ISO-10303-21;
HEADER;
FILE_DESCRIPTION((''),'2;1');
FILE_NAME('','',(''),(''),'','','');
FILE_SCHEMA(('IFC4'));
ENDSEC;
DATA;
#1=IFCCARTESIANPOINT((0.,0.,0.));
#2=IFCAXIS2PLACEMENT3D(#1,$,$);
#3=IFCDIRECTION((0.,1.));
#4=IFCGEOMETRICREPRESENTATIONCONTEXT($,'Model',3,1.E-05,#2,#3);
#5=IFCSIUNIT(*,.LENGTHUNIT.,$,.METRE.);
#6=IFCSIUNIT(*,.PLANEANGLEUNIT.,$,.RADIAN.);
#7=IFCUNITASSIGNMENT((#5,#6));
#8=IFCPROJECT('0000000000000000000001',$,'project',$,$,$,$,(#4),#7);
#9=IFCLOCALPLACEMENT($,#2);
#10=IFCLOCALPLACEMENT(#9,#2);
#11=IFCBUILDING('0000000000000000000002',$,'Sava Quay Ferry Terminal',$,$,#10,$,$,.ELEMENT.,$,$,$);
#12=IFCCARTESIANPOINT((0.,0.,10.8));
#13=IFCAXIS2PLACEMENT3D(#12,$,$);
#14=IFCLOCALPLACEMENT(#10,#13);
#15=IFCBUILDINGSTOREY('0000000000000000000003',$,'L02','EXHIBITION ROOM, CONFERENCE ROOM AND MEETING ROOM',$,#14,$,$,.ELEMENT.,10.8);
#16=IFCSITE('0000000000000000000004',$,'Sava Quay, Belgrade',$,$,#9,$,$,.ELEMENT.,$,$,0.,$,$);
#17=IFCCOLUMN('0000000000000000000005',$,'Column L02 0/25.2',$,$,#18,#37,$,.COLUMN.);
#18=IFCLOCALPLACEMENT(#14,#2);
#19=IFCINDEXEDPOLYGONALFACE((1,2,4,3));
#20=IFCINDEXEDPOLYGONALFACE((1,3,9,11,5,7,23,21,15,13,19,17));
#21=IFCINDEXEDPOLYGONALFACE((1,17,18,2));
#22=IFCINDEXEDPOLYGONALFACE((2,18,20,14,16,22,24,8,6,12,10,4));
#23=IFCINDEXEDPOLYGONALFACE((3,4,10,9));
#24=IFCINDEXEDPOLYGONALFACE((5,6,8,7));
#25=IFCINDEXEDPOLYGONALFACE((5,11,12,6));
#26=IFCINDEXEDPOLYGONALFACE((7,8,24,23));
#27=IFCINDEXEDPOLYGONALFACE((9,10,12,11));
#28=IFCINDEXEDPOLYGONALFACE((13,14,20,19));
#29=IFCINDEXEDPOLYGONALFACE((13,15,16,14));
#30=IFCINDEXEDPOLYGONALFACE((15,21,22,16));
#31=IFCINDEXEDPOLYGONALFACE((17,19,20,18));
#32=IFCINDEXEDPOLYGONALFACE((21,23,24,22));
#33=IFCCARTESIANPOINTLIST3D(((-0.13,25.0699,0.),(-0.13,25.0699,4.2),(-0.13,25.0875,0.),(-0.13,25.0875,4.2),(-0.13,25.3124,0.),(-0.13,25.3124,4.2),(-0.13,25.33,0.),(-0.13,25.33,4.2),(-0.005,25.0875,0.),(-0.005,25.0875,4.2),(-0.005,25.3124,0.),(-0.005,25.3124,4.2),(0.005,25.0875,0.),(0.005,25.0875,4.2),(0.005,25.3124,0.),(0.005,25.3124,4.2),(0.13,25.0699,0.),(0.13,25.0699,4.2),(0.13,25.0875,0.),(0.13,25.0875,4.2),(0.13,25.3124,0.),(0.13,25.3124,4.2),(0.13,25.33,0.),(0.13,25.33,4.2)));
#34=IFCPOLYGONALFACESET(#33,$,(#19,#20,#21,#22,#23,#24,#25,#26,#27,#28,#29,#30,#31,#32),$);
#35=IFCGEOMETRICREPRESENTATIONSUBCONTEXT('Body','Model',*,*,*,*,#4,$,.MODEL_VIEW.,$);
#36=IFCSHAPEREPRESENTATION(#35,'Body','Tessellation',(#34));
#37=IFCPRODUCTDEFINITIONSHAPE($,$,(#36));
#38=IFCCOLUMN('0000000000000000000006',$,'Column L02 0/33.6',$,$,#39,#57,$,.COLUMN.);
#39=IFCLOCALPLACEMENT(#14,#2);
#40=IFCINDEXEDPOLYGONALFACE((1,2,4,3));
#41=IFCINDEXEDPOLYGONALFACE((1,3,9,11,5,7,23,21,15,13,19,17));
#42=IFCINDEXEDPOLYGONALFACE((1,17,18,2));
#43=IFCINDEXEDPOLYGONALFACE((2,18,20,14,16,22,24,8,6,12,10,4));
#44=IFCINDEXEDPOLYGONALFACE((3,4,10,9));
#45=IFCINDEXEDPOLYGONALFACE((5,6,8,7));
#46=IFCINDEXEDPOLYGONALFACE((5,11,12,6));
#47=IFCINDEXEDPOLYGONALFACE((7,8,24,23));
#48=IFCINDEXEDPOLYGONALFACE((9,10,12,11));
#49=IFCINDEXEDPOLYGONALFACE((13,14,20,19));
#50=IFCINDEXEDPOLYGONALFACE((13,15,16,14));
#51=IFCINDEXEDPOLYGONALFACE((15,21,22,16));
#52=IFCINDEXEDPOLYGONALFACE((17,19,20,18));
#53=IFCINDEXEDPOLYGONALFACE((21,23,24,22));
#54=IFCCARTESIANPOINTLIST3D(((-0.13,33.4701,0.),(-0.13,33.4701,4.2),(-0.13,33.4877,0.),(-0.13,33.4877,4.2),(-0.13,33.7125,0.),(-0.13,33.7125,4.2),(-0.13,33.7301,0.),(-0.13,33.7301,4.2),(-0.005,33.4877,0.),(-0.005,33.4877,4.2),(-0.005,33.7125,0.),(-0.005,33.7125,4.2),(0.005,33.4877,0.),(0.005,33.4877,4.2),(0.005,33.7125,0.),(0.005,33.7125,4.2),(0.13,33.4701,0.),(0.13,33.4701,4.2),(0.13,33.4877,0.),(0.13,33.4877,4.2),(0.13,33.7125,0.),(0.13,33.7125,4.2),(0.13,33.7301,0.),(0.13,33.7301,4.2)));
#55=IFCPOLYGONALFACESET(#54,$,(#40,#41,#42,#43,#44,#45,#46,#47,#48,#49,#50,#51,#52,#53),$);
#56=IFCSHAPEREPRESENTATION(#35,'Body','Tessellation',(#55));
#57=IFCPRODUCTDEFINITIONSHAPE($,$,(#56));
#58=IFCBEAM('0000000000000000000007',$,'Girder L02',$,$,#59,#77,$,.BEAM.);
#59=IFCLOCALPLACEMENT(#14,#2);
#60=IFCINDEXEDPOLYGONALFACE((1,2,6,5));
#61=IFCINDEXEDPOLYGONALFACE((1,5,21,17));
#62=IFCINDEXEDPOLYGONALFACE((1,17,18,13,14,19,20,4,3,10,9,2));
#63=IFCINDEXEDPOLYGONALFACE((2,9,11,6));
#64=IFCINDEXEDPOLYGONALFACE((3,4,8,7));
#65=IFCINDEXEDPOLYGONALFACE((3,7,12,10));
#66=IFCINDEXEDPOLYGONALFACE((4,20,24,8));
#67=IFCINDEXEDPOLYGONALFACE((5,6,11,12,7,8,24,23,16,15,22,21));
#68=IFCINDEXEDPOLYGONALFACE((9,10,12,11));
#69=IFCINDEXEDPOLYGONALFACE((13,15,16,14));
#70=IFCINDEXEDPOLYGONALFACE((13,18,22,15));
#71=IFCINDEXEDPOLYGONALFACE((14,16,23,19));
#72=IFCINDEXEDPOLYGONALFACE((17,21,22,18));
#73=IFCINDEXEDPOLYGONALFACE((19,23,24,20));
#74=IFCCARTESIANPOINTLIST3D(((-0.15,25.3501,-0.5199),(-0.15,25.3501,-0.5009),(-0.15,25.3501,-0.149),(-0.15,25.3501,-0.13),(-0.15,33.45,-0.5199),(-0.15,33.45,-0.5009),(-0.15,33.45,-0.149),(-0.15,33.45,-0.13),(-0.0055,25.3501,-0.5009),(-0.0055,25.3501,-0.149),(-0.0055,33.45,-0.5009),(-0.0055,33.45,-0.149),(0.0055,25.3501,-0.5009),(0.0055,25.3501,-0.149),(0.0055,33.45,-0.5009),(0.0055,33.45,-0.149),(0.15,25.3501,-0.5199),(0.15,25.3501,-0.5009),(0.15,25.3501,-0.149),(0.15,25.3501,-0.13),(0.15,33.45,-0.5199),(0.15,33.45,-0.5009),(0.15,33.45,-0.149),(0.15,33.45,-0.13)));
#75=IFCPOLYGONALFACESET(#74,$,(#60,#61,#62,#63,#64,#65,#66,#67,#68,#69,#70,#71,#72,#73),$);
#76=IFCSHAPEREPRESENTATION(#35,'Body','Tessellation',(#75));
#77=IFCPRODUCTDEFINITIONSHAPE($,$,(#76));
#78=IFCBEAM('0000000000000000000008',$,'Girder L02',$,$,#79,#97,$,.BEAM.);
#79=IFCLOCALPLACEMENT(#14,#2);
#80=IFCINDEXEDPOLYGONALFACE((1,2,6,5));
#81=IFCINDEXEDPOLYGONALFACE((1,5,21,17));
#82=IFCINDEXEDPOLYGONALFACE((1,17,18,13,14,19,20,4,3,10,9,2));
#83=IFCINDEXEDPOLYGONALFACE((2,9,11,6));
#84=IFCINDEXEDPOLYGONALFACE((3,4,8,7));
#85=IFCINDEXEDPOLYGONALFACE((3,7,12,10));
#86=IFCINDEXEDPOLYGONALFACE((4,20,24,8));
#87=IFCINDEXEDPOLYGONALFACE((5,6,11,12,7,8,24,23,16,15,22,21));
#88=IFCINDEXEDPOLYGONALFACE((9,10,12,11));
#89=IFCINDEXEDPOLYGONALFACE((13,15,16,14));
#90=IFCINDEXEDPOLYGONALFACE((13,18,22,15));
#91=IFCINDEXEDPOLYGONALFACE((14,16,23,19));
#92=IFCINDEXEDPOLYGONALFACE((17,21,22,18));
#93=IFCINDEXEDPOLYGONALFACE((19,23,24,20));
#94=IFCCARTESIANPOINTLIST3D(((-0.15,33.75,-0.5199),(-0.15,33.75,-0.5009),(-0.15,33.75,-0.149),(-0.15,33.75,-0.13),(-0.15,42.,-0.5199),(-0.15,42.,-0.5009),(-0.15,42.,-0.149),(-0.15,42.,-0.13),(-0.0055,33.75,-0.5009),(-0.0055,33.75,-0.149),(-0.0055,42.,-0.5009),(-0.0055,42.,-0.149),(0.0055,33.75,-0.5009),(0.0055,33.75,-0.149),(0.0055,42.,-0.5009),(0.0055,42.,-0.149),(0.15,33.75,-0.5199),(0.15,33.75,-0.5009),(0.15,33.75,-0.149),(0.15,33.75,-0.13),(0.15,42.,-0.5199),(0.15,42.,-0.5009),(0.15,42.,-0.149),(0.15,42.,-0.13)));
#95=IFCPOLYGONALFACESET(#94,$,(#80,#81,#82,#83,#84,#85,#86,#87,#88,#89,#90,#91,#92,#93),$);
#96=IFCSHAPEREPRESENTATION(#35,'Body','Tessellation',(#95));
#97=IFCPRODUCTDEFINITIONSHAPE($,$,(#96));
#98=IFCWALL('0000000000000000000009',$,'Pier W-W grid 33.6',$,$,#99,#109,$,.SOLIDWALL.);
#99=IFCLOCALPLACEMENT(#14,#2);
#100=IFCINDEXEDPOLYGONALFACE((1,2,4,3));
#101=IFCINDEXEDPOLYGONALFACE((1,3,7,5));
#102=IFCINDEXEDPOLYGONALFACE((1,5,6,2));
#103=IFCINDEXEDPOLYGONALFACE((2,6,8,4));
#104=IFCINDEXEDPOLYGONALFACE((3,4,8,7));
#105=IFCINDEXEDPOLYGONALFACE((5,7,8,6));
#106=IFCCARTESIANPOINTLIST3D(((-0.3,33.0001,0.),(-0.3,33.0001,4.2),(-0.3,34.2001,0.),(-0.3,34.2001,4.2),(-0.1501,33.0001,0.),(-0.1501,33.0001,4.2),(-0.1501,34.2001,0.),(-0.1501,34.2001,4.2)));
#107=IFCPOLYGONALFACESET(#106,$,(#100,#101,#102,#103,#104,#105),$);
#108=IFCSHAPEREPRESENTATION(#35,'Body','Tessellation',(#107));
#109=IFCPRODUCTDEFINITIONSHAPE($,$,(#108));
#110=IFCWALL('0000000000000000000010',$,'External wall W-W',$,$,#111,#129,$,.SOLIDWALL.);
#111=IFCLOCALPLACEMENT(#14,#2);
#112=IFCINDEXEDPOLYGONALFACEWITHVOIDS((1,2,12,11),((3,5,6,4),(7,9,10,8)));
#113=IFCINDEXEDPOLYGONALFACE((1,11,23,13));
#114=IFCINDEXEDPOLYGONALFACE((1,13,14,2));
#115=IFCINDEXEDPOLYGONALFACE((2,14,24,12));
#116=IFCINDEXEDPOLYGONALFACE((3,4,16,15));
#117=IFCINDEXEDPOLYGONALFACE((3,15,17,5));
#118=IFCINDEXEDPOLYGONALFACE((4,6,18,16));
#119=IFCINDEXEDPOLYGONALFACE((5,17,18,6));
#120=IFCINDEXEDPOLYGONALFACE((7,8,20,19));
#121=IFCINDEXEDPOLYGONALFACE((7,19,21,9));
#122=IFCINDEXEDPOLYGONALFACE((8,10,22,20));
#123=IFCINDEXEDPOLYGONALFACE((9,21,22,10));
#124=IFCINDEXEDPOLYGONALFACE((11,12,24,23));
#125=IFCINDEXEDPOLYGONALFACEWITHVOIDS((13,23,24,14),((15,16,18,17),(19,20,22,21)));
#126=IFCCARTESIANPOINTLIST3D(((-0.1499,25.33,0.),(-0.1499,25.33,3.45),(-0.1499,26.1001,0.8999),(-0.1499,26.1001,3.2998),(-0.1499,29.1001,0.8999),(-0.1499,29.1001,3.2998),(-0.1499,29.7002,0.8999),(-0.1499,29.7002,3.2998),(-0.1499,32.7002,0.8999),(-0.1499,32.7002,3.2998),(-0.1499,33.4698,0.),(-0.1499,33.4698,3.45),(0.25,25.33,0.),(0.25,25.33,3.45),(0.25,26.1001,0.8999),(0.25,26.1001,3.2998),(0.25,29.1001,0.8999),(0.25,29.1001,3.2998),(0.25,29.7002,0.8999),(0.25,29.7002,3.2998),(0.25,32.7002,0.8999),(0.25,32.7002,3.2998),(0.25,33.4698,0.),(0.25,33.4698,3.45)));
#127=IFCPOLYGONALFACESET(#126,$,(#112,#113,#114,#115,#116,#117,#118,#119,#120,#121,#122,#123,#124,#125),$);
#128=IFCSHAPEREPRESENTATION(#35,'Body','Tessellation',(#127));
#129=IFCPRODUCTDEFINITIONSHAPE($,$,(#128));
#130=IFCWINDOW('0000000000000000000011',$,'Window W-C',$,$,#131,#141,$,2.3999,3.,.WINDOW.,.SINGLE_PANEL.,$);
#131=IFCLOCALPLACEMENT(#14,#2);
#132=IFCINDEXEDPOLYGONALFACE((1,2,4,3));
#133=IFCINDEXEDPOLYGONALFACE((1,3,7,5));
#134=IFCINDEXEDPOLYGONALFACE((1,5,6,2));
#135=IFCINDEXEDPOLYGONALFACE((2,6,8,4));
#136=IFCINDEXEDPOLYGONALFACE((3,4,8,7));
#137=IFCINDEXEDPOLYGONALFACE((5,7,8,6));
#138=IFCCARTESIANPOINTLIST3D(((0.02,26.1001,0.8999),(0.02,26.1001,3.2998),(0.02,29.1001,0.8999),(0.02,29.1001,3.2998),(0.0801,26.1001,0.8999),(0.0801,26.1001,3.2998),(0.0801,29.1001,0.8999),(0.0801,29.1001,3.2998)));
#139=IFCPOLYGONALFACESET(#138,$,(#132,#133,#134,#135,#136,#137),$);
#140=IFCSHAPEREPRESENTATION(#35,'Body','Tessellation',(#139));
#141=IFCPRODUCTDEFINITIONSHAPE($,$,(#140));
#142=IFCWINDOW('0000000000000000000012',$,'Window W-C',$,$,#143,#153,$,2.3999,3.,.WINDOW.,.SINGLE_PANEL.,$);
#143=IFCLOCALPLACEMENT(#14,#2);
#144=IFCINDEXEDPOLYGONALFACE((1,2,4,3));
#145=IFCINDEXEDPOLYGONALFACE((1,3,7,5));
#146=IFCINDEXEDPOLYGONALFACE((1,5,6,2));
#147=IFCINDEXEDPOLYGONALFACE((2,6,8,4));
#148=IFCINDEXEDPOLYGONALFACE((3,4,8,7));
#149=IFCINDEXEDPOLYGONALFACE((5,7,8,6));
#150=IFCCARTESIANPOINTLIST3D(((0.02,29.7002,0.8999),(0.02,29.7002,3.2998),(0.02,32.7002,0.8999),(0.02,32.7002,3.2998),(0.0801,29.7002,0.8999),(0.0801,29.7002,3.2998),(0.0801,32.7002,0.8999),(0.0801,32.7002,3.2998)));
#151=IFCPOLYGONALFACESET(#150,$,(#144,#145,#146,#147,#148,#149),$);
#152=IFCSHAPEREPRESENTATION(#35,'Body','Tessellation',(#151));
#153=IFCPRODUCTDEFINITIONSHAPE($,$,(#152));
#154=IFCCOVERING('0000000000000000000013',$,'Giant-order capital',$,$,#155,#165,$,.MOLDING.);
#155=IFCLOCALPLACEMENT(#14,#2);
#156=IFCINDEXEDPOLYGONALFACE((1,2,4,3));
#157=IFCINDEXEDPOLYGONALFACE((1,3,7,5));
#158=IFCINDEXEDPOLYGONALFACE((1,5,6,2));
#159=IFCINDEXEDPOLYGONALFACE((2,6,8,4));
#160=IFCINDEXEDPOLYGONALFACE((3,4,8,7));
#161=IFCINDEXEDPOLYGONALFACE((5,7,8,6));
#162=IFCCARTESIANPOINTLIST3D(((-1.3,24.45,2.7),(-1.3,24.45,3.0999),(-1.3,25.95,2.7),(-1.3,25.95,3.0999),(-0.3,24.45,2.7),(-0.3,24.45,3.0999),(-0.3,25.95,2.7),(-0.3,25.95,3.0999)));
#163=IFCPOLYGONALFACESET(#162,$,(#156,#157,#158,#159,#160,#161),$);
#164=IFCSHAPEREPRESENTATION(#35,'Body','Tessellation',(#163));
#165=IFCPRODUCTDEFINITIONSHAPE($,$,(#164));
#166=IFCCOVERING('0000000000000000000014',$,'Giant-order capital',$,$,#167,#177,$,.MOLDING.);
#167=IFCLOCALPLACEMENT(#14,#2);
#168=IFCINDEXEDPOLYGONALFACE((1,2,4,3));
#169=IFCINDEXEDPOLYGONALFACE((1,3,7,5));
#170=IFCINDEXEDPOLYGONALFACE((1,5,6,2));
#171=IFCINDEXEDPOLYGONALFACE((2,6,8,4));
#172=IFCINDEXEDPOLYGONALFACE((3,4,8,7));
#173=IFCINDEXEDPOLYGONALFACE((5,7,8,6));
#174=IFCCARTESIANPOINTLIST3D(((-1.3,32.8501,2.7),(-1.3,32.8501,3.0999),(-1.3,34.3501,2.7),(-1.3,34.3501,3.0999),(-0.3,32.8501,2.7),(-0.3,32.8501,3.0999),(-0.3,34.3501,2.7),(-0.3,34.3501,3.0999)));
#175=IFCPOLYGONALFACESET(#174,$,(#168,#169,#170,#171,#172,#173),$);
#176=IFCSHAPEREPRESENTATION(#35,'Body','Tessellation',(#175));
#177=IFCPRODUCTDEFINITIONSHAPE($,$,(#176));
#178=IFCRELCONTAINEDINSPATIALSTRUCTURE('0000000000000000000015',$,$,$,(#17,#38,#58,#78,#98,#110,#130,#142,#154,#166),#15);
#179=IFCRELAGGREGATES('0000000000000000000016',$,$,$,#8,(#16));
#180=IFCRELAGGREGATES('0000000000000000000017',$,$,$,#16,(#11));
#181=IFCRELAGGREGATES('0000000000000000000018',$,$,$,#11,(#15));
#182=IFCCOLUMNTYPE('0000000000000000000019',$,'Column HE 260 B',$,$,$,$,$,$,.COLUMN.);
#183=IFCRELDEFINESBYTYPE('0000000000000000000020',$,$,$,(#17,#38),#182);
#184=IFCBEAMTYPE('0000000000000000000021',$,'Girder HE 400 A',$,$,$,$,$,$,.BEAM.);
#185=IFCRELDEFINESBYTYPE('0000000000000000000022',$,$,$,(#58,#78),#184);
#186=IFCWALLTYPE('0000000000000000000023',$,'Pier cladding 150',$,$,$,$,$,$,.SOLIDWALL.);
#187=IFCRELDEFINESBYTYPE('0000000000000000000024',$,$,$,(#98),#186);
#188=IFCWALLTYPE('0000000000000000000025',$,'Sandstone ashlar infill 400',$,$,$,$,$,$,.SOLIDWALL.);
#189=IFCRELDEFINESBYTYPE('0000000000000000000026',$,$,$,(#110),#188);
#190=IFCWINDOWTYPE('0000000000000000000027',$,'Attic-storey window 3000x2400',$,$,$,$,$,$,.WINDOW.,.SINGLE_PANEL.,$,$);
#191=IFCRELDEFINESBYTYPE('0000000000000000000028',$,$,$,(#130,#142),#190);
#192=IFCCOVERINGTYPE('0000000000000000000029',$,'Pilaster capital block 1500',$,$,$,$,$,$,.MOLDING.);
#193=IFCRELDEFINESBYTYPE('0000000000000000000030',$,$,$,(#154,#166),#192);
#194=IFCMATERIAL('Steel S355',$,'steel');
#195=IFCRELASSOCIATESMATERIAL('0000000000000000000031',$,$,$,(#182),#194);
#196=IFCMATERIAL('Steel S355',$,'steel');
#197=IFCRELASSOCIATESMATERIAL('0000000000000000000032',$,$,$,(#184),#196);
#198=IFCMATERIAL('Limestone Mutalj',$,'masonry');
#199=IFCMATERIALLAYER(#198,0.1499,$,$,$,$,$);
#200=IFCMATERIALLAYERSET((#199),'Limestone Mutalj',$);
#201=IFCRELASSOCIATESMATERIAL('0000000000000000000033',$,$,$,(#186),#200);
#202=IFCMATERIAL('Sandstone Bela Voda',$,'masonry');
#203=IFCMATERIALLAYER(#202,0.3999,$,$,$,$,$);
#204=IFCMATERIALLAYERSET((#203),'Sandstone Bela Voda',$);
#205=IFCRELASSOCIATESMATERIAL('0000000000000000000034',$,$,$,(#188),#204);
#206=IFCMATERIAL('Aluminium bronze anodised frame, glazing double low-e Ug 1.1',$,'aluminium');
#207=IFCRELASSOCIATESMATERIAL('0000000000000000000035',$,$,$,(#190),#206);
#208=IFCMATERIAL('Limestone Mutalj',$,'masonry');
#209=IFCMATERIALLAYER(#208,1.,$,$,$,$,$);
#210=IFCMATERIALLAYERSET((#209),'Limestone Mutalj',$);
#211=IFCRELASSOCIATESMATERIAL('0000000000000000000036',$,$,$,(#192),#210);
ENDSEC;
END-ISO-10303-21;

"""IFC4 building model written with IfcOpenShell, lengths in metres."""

from ifc_helpers import new_model, si_unit, direction, frame, frame_2d, origin, origin_2d, place, context, subcontext, project, spatial, rectangle, i_section, extrude, material, layer, layer_set, material_profile, profile_set, type_object, element, fill, save


model = new_model("IFC4")

# Units and contexts
model_context = context("Model", 3, precision=1e-05, world=origin(), true_north=direction((0.0, 1.0)))
body_context = subcontext(model_context, "Body", "Model", "MODEL_VIEW")
ifc_project = project(units=[si_unit("LENGTHUNIT", "METRE"), si_unit("PLANEANGLEUNIT", "RADIAN")], contexts=[model_context])

# Site, building, storey
site_placement = place(None, origin())
site = spatial("IfcSite", under=ifc_project, at=site_placement, Name="Sava Quay, Belgrade", CompositionType="ELEMENT", RefElevation=0.0)
building_placement = place(site_placement, origin())
building = spatial("IfcBuilding", under=site, at=building_placement, Name="Sava Quay Ferry Terminal", CompositionType="ELEMENT")
storey_placement = place(building_placement, frame((0.0, 0.0, 10.8)))
storey = spatial("IfcBuildingStorey", under=building, at=storey_placement, Name="L02", Description="EXHIBITION ROOM, CONFERENCE ROOM AND MEETING ROOM", CompositionType="ELEMENT", Elevation=10.8)

# Columns
ifc_material_1 = material(Name="Steel S355", Category="steel")
ifc_material_profile_1 = material_profile(ifc_material_1, i_section(OverallWidth=0.26, OverallDepth=0.26, WebThickness=0.01, FlangeThickness=0.0176, at=origin_2d()), Name="HE 260 B")
ifc_profile_set_1 = profile_set([ifc_material_profile_1], Name="Steel S355")
column_type = type_object("IfcColumnType", Name="Column HE 260 B", PredefinedType="COLUMN", material=ifc_profile_set_1)
for number, where, z_axis, x_axis, name in (
    (1, (0.0, 25.2, 0.0), (0.0, 0.0, 1.0), (1.0, 0.0, 0.0), "Column L02 0/25.2"),
    (2, (0.0, 33.6001, 0.0), (0.0, 0.0, 1.0), (1.0, 0.0, 0.0), "Column L02 0/33.6"),
):
    element("IfcColumn", number, at=place(storey_placement, frame(where, z_axis=z_axis, x_axis=x_axis)), inside=storey, type_object=column_type, Name=name, PredefinedType="COLUMN", context=body_context, shape_type="SweptSolid", body=[
        extrude(i_section(OverallWidth=0.26, OverallDepth=0.26, WebThickness=0.01, FlangeThickness=0.0176, at=origin_2d()), origin(), (0.0, 0.0, 1.0), 4.2),
    ])

# Beams
ifc_material_2 = material(Name="Steel S355", Category="steel")
ifc_material_profile_2 = material_profile(ifc_material_2, i_section(OverallWidth=0.3, OverallDepth=0.3899, WebThickness=0.011, FlangeThickness=0.019, at=origin_2d()), Name="HE 400 A")
ifc_profile_set_2 = profile_set([ifc_material_profile_2], Name="Steel S355")
beam_type = type_object("IfcBeamType", Name="Girder HE 400 A", PredefinedType="BEAM", material=ifc_profile_set_2)
beam_1_placement = place(storey_placement, frame((0.0, 25.3501, -0.325), z_axis=(0.0, 1.0, 0.0), x_axis=(-1.0, 0.0, 0.0)))
element("IfcBeam", 3, at=beam_1_placement, inside=storey, type_object=beam_type, Name="Girder L02", PredefinedType="BEAM", context=body_context, shape_type="SweptSolid", body=[
    extrude(i_section(OverallWidth=0.3, OverallDepth=0.3899, WebThickness=0.011, FlangeThickness=0.019, at=origin_2d()), origin(), (0.0, 0.0, 1.0), 8.0999),
])
beam_2_placement = place(storey_placement, frame((0.0, 33.75, -0.325), z_axis=(0.0, 1.0, 0.0), x_axis=(-1.0, 0.0, 0.0)))
element("IfcBeam", 4, at=beam_2_placement, inside=storey, type_object=beam_type, Name="Girder L02", PredefinedType="BEAM", context=body_context, shape_type="SweptSolid", body=[
    extrude(i_section(OverallWidth=0.3, OverallDepth=0.3899, WebThickness=0.011, FlangeThickness=0.019, at=origin_2d()), origin(), (0.0, 0.0, 1.0), 8.25),
])

# Wall
ifc_material_3 = material(Name="Limestone Mutalj", Category="masonry")
ifc_layer_1 = layer(ifc_material_3, 0.1499)
ifc_layer_set_1 = layer_set([ifc_layer_1], Name="Limestone Mutalj")
wall_type_1 = type_object("IfcWallType", Name="Pier cladding 150", PredefinedType="SOLIDWALL", material=ifc_layer_set_1)
wall_1_placement = place(storey_placement, frame((-0.2251, 33.0, 0.0), z_axis=(0.0, 0.0, 1.0), x_axis=(0.0, 1.0, 0.0)))
element("IfcWall", 5, at=wall_1_placement, inside=storey, type_object=wall_type_1, Name="Pier W-W grid 33.6", PredefinedType="SOLIDWALL", context=body_context, shape_type="SweptSolid", body=[
    extrude(rectangle(XDim=1.2, YDim=0.1499, at=frame_2d((0.6001, 0.0))), origin(), (0.0, 0.0, 1.0), 4.2),
])

# Wall, openings, windows
ifc_material_4 = material(Name="Sandstone Bela Voda", Category="masonry")
ifc_layer_2 = layer(ifc_material_4, 0.3999)
ifc_layer_set_2 = layer_set([ifc_layer_2], Name="Sandstone Bela Voda")
wall_type_2 = type_object("IfcWallType", Name="Sandstone ashlar infill 400", PredefinedType="SOLIDWALL", material=ifc_layer_set_2)
wall_2_placement = place(storey_placement, frame((0.05, 25.3301, 0.0), z_axis=(0.0, 0.0, 1.0), x_axis=(0.0, 1.0, 0.0)))
wall_2 = element("IfcWall", 6, at=wall_2_placement, inside=storey, type_object=wall_type_2, Name="External wall W-W", PredefinedType="SOLIDWALL", context=body_context, shape_type="SweptSolid", body=[
    extrude(rectangle(XDim=8.1399, YDim=0.3999, at=frame_2d((4.0698, 0.0))), origin(), (0.0, 0.0, 1.0), 3.45),
])
opening_1_placement = place(wall_2_placement, frame((0.77, 0.0, 0.8999)))
opening_1 = element("IfcOpeningElement", 7, at=opening_1_placement, cuts=wall_2, PredefinedType="OPENING", context=body_context, shape_type="SweptSolid", body=[
    extrude(rectangle(XDim=3.0, YDim=2.3999, at=frame_2d((1.5, 1.2))), frame((0.0, 0.2, 0.0), z_axis=(0.0, -1.0, 0.0), x_axis=(1.0, 0.0, 0.0)), (0.0, 0.0, 1.0), 0.3999),
])
opening_2_placement = place(wall_2_placement, frame((4.3701, 0.0, 0.8999)))
opening_2 = element("IfcOpeningElement", 8, at=opening_2_placement, cuts=wall_2, PredefinedType="OPENING", context=body_context, shape_type="SweptSolid", body=[
    extrude(rectangle(XDim=3.0, YDim=2.3999, at=frame_2d((1.5, 1.2))), frame((0.0, 0.2, 0.0), z_axis=(0.0, -1.0, 0.0), x_axis=(1.0, 0.0, 0.0)), (0.0, 0.0, 1.0), 0.3999),
])
ifc_material_5 = material(Name="Aluminium bronze anodised frame, glazing double low-e Ug 1.1", Category="aluminium")
window_type = type_object("IfcWindowType", Name="Attic-storey window 3000x2400", PartitioningType="SINGLE_PANEL", PredefinedType="WINDOW", material=ifc_material_5)
window_1_placement = place(opening_1_placement, origin())
window_1 = element("IfcWindow", 9, at=window_1_placement, inside=storey, type_object=window_type, Name="Window W-C", OverallHeight=2.3999, OverallWidth=3.0, PartitioningType="SINGLE_PANEL", PredefinedType="WINDOW", context=body_context, shape_type="SweptSolid", body=[
    extrude(rectangle(XDim=3.0, YDim=2.3999, at=frame_2d((1.5, 1.2))), frame((0.0, 0.03, 0.0), z_axis=(0.0, -1.0, 0.0), x_axis=(1.0, 0.0, 0.0)), (0.0, 0.0, 1.0), 0.0601),
])
fill(opening_1, window_1)
window_2_placement = place(opening_2_placement, origin())
window_2 = element("IfcWindow", 10, at=window_2_placement, inside=storey, type_object=window_type, Name="Window W-C", OverallHeight=2.3999, OverallWidth=3.0, PartitioningType="SINGLE_PANEL", PredefinedType="WINDOW", context=body_context, shape_type="SweptSolid", body=[
    extrude(rectangle(XDim=3.0, YDim=2.3999, at=frame_2d((1.5, 1.2))), frame((0.0, 0.03, 0.0), z_axis=(0.0, -1.0, 0.0), x_axis=(1.0, 0.0, 0.0)), (0.0, 0.0, 1.0), 0.0601),
])
fill(opening_2, window_2)

# Coverings
ifc_material_6 = material(Name="Limestone Mutalj", Category="masonry")
ifc_layer_3 = layer(ifc_material_6, 1.0)
ifc_layer_set_3 = layer_set([ifc_layer_3], Name="Limestone Mutalj")
covering_type_1 = type_object("IfcCoveringType", Name="Pilaster capital block 1500", PredefinedType="MOLDING", material=ifc_layer_set_3)
for number, where, z_axis, x_axis, name in (
    (11, (-0.8, 25.2, 2.7), (0.0, 0.0, 1.0), (1.0, 0.0, 0.0), "Giant-order capital"),
    (12, (-0.8, 33.6001, 2.7), (0.0, 0.0, 1.0), (1.0, 0.0, 0.0), "Giant-order capital"),
):
    element("IfcCovering", number, at=place(storey_placement, frame(where, z_axis=z_axis, x_axis=x_axis)), inside=storey, type_object=covering_type_1, Name=name, PredefinedType="MOLDING", context=body_context, shape_type="SweptSolid", body=[
        extrude(rectangle(XDim=1.0, YDim=1.5, at=origin_2d()), origin(), (0.0, 0.0, 1.0), 0.3999),
    ])

save(model, "model.ifc")
